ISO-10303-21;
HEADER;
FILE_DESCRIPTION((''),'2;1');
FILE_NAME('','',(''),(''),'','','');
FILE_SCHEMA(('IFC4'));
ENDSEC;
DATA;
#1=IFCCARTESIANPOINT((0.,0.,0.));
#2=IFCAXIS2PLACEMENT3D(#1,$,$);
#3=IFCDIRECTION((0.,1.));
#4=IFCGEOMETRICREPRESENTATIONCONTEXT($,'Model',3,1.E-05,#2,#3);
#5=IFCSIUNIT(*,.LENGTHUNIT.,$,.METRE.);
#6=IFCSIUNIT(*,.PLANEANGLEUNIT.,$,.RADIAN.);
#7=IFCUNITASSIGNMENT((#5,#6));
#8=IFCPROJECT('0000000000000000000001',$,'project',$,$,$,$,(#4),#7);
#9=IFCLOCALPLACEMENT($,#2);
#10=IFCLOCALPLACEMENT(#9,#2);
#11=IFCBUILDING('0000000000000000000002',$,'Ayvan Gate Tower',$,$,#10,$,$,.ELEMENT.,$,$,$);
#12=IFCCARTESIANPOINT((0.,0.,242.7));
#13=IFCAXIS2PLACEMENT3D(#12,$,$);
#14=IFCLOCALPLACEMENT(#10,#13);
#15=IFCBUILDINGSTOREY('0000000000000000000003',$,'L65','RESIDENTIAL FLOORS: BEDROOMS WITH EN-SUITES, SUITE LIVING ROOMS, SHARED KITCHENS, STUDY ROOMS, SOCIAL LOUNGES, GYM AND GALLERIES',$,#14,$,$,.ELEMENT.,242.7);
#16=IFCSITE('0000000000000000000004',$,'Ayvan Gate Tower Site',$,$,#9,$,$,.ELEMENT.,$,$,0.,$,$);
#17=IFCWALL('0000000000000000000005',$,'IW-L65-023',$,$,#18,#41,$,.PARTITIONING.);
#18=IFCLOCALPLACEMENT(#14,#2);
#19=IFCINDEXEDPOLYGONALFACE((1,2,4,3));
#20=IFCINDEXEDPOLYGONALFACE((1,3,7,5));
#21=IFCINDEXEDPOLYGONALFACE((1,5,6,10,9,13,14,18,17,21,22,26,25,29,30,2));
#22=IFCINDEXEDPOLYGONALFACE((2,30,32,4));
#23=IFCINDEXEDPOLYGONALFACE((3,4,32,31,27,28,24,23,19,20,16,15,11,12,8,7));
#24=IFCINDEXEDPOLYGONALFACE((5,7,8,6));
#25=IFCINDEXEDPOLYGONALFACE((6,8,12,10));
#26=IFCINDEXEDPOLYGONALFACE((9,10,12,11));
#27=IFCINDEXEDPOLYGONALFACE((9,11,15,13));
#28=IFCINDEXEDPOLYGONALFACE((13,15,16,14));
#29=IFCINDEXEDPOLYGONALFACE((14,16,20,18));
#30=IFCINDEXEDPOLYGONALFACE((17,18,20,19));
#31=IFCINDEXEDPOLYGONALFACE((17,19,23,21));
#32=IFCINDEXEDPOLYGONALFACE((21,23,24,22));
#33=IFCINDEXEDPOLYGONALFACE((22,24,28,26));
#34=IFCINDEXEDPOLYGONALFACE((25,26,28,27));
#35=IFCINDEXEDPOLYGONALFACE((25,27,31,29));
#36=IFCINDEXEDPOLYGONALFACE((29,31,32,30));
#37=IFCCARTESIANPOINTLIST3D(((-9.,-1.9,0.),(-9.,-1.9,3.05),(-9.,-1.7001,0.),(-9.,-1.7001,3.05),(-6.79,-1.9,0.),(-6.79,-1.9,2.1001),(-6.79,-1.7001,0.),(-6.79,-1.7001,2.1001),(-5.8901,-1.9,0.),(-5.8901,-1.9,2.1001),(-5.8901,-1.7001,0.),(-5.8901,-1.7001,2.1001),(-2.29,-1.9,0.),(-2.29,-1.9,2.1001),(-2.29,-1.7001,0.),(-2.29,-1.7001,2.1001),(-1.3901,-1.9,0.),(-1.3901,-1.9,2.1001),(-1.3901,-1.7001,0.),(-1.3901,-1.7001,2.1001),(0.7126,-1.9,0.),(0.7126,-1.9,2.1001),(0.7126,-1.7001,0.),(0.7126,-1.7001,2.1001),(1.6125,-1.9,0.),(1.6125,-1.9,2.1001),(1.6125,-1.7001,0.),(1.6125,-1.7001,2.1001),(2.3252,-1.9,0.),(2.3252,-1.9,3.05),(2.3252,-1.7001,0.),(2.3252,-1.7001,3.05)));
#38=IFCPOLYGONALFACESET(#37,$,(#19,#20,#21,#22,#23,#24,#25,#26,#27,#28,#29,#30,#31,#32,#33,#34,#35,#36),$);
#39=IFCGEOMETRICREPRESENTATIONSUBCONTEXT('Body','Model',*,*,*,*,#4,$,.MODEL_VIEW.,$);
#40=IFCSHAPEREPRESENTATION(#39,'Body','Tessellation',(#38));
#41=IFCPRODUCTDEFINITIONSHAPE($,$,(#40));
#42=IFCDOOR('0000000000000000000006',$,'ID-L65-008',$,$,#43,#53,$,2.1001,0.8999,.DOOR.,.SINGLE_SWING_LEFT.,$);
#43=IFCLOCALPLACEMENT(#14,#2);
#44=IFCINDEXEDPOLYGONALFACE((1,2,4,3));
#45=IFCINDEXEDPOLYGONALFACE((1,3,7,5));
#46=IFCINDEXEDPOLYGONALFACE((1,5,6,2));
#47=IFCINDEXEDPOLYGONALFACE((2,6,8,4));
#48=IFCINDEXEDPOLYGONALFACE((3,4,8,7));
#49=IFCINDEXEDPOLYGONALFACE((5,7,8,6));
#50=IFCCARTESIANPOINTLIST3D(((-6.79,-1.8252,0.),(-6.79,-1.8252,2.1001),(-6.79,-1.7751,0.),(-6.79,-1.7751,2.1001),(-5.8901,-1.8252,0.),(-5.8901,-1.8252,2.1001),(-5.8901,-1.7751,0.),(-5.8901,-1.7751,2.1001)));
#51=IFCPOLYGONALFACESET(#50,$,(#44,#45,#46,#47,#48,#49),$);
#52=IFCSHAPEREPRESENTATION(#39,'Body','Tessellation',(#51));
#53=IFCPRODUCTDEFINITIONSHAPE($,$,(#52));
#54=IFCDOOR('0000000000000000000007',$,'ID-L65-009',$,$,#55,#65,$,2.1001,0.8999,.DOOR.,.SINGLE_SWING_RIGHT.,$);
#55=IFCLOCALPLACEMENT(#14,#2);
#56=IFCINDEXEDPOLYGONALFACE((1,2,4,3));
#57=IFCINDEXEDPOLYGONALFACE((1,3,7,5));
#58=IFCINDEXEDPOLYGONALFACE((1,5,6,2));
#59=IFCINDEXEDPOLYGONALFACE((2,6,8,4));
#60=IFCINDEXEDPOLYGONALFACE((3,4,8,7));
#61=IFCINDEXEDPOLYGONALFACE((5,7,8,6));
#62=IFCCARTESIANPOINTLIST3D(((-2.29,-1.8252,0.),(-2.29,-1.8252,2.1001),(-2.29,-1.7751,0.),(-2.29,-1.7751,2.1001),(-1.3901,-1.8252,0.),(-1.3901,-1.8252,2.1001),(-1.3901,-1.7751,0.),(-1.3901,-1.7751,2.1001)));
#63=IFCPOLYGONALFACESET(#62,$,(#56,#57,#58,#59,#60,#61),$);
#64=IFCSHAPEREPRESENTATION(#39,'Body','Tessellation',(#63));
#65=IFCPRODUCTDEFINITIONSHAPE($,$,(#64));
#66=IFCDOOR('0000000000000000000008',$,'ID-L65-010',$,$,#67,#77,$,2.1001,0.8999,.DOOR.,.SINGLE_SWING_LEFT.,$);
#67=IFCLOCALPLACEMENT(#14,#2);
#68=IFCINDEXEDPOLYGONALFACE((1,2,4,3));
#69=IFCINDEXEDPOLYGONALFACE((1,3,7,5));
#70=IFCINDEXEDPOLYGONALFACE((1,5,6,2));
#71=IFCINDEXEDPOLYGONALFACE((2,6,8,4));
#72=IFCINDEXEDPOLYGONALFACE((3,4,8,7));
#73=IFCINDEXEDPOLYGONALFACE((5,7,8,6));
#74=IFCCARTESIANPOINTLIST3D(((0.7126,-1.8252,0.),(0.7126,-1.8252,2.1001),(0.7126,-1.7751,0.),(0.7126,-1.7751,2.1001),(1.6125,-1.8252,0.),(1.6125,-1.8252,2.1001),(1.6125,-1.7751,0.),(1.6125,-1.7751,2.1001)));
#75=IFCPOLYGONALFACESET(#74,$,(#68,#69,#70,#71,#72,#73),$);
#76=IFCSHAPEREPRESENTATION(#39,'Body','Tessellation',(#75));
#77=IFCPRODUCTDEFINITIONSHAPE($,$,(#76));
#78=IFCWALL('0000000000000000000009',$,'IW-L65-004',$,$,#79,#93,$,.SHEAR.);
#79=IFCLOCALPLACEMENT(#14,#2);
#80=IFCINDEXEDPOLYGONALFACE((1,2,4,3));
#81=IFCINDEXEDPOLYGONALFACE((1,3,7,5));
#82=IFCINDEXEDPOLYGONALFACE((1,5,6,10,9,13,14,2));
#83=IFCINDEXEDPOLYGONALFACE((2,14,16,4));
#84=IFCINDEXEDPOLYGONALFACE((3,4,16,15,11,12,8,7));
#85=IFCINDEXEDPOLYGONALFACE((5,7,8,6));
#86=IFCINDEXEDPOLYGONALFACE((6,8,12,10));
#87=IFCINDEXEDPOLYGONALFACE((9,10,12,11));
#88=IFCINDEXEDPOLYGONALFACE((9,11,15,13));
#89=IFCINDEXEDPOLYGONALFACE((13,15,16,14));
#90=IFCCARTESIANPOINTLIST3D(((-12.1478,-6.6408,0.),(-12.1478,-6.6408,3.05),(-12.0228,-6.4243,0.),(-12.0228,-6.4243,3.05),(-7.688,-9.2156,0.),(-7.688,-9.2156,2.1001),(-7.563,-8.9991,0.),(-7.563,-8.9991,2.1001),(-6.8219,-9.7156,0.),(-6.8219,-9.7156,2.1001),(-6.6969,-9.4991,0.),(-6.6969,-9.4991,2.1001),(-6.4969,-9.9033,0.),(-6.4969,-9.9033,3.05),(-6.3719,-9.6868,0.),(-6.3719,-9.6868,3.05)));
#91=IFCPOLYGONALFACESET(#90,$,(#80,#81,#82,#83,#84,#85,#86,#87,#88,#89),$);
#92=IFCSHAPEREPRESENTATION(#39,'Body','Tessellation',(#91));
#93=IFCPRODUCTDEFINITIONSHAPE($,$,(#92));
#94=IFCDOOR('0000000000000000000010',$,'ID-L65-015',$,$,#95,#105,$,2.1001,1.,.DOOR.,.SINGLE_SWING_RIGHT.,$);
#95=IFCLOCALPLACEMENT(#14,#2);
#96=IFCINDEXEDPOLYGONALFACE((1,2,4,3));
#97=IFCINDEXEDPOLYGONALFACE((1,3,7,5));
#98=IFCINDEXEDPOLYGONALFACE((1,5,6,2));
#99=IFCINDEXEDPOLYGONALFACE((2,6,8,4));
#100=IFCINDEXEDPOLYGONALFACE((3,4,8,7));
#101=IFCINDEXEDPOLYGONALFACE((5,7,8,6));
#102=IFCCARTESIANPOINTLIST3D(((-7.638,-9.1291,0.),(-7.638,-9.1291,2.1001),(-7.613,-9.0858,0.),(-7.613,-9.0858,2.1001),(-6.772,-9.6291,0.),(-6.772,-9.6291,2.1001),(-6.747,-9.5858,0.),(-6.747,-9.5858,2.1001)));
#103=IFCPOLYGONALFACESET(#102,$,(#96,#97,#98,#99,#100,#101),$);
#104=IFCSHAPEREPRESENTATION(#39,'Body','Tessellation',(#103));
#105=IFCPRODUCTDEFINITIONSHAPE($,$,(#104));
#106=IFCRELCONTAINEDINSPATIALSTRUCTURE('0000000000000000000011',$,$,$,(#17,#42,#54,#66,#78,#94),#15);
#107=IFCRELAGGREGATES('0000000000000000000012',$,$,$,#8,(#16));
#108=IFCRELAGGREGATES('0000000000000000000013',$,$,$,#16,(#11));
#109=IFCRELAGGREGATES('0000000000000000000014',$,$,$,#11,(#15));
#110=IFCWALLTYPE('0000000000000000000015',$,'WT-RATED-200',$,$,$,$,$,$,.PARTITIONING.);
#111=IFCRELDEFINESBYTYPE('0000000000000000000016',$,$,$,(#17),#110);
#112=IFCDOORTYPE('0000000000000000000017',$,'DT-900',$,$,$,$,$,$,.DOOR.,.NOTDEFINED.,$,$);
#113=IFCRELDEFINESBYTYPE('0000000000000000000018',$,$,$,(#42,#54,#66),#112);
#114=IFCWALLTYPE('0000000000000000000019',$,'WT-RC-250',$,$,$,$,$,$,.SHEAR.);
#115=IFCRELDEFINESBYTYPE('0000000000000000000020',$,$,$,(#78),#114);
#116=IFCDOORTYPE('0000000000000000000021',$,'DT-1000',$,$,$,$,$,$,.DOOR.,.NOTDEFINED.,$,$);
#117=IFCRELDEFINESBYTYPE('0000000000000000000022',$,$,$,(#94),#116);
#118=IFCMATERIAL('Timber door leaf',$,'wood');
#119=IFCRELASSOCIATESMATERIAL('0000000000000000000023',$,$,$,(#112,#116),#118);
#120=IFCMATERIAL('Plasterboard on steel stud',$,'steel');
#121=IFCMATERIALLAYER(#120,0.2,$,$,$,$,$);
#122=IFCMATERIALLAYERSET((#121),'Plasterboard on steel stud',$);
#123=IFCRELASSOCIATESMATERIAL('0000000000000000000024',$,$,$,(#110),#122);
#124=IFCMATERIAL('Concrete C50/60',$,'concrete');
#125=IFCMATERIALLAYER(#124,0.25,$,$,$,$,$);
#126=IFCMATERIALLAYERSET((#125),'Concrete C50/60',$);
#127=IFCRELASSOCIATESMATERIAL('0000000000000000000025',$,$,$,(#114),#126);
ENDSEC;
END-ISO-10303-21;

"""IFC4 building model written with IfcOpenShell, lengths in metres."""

from ifc_helpers import new_model, si_unit, direction, frame, frame_2d, origin, place, context, subcontext, project, spatial, rectangle, extrude, material, layer, layer_set, type_object, element, fill, save


model = new_model("IFC4")

# Units and contexts
model_context = context("Model", 3, precision=1e-05, world=origin(), true_north=direction((0.0, 1.0)))
body_context = subcontext(model_context, "Body", "Model", "MODEL_VIEW")
ifc_project = project(units=[si_unit("LENGTHUNIT", "METRE"), si_unit("PLANEANGLEUNIT", "RADIAN")], contexts=[model_context])

# Site, building, storey
site_placement = place(None, origin())
site = spatial("IfcSite", under=ifc_project, at=site_placement, Name="Ayvan Gate Tower Site", CompositionType="ELEMENT", RefElevation=0.0)
building_placement = place(site_placement, origin())
building = spatial("IfcBuilding", under=site, at=building_placement, Name="Ayvan Gate Tower", CompositionType="ELEMENT")
storey_placement = place(building_placement, frame((0.0, 0.0, 242.7)))
storey = spatial("IfcBuildingStorey", under=building, at=storey_placement, Name="L65", Description="RESIDENTIAL FLOORS: BEDROOMS WITH EN-SUITES, SUITE LIVING ROOMS, SHARED KITCHENS, STUDY ROOMS, SOCIAL LOUNGES, GYM AND GALLERIES", CompositionType="ELEMENT", Elevation=242.7)

# Shared definitions
ifc_material_1 = material(Name="Timber door leaf", Category="wood")
door_type_1 = type_object("IfcDoorType", Name="DT-900", OperationType="NOTDEFINED", PredefinedType="DOOR", material=ifc_material_1)
ifc_material_2 = material(Name="Plasterboard on steel stud", Category="steel")
door_type_2 = type_object("IfcDoorType", Name="DT-1000", OperationType="NOTDEFINED", PredefinedType="DOOR", material=ifc_material_1)

# Shared definitions
ifc_layer_1 = layer(ifc_material_2, 0.2)
ifc_layer_set_1 = layer_set([ifc_layer_1], Name="Plasterboard on steel stud")
wall_type_1 = type_object("IfcWallType", Name="WT-RATED-200", PredefinedType="PARTITIONING", material=ifc_layer_set_1)

# Wall, openings, doors
wall_1_placement = place(storey_placement, frame((-9.0, -1.8, 0.0), z_axis=(0.0, 0.0, 1.0), x_axis=(1.0, 0.0, 0.0)))
wall_1 = element("IfcWall", 1, at=wall_1_placement, inside=storey, type_object=wall_type_1, Name="IW-L65-023", PredefinedType="PARTITIONING", context=body_context, shape_type="SweptSolid", body=[
    extrude(rectangle(XDim=11.3252, YDim=0.2, at=frame_2d((5.6626, 0.0))), origin(), (0.0, 0.0, 1.0), 3.05),
])
opening_1_placement = place(wall_1_placement, frame((2.21, 0.0, 0.0)))
opening_1 = element("IfcOpeningElement", 2, at=opening_1_placement, cuts=wall_1, PredefinedType="OPENING", context=body_context, shape_type="SweptSolid", body=[
    extrude(rectangle(XDim=0.8999, YDim=2.1001, at=frame_2d((0.45, 1.05))), frame((0.0, 0.1099, 0.0), z_axis=(0.0, -1.0, 0.0), x_axis=(1.0, 0.0, 0.0)), (0.0, 0.0, 1.0), 0.22),
])
opening_2_placement = place(wall_1_placement, frame((6.71, 0.0, 0.0)))
opening_2 = element("IfcOpeningElement", 3, at=opening_2_placement, cuts=wall_1, PredefinedType="OPENING", context=body_context, shape_type="SweptSolid", body=[
    extrude(rectangle(XDim=0.8999, YDim=2.1001, at=frame_2d((0.45, 1.05))), frame((0.0, 0.1099, 0.0), z_axis=(0.0, -1.0, 0.0), x_axis=(1.0, 0.0, 0.0)), (0.0, 0.0, 1.0), 0.22),
])
opening_3_placement = place(wall_1_placement, frame((9.7126, 0.0, 0.0)))
opening_3 = element("IfcOpeningElement", 4, at=opening_3_placement, cuts=wall_1, PredefinedType="OPENING", context=body_context, shape_type="SweptSolid", body=[
    extrude(rectangle(XDim=0.8999, YDim=2.1001, at=frame_2d((0.45, 1.05))), frame((0.0, 0.1099, 0.0), z_axis=(0.0, -1.0, 0.0), x_axis=(1.0, 0.0, 0.0)), (0.0, 0.0, 1.0), 0.22),
])
door_1_placement = place(opening_1_placement, origin())
door_1 = element("IfcDoor", 5, at=door_1_placement, inside=storey, type_object=door_type_1, Name="ID-L65-008", OperationType="SINGLE_SWING_LEFT", OverallHeight=2.1001, OverallWidth=0.8999, PredefinedType="DOOR", context=body_context, shape_type="SweptSolid", body=[
    extrude(rectangle(XDim=0.8999, YDim=2.1001, at=frame_2d((0.45, 1.05))), frame((0.0, 0.0249, 0.0), z_axis=(0.0, -1.0, 0.0), x_axis=(1.0, 0.0, 0.0)), (0.0, 0.0, 1.0), 0.05),
])
fill(opening_1, door_1)
door_2_placement = place(opening_2_placement, origin())
door_2 = element("IfcDoor", 6, at=door_2_placement, inside=storey, type_object=door_type_1, Name="ID-L65-009", OperationType="SINGLE_SWING_RIGHT", OverallHeight=2.1001, OverallWidth=0.8999, PredefinedType="DOOR", context=body_context, shape_type="SweptSolid", body=[
    extrude(rectangle(XDim=0.8999, YDim=2.1001, at=frame_2d((0.45, 1.05))), frame((0.0, 0.0249, 0.0), z_axis=(0.0, -1.0, 0.0), x_axis=(1.0, 0.0, 0.0)), (0.0, 0.0, 1.0), 0.05),
])
fill(opening_2, door_2)
door_3_placement = place(opening_3_placement, origin())
door_3 = element("IfcDoor", 7, at=door_3_placement, inside=storey, type_object=door_type_1, Name="ID-L65-010", OperationType="SINGLE_SWING_LEFT", OverallHeight=2.1001, OverallWidth=0.8999, PredefinedType="DOOR", context=body_context, shape_type="SweptSolid", body=[
    extrude(rectangle(XDim=0.8999, YDim=2.1001, at=frame_2d((0.45, 1.05))), frame((0.0, 0.0249, 0.0), z_axis=(0.0, -1.0, 0.0), x_axis=(1.0, 0.0, 0.0)), (0.0, 0.0, 1.0), 0.05),
])
fill(opening_3, door_3)

# Wall, opening, door
ifc_material_3 = material(Name="Concrete C50/60", Category="concrete")
ifc_layer_2 = layer(ifc_material_3, 0.25)
ifc_layer_set_2 = layer_set([ifc_layer_2], Name="Concrete C50/60")
wall_type_2 = type_object("IfcWallType", Name="WT-RC-250", PredefinedType="SHEAR", material=ifc_layer_set_2)
wall_2_placement = place(storey_placement, frame((-12.0854, -6.5325, 0.0), z_axis=(0.0, 0.0, 1.0), x_axis=(0.866031, -0.49999, 0.0)))
wall_2 = element("IfcWall", 8, at=wall_2_placement, inside=storey, type_object=wall_type_2, Name="IW-L65-004", PredefinedType="SHEAR", context=body_context, shape_type="SweptSolid", body=[
    extrude(rectangle(XDim=6.5251, YDim=0.25, at=frame_2d((3.2627, 0.0))), origin(), (0.0, 0.0, 1.0), 3.05),
])
opening_4_placement = place(wall_2_placement, frame((5.1499, 0.0, 0.0)))
opening_4 = element("IfcOpeningElement", 9, at=opening_4_placement, cuts=wall_2, PredefinedType="OPENING", context=body_context, shape_type="SweptSolid", body=[
    extrude(rectangle(XDim=1.0, YDim=2.1001, at=frame_2d((0.5, 1.05))), frame((0.0, 0.135, 0.0), z_axis=(0.0, -1.0, 0.0), x_axis=(1.0, 0.0, 0.0)), (0.0, 0.0, 1.0), 0.27),
])
door_4_placement = place(opening_4_placement, origin())
door_4 = element("IfcDoor", 10, at=door_4_placement, inside=storey, type_object=door_type_2, Name="ID-L65-015", OperationType="SINGLE_SWING_RIGHT", OverallHeight=2.1001, OverallWidth=1.0, PredefinedType="DOOR", context=body_context, shape_type="SweptSolid", body=[
    extrude(rectangle(XDim=1.0, YDim=2.1001, at=frame_2d((0.5, 1.05))), frame((0.0, 0.0249, 0.0), z_axis=(0.0, -1.0, 0.0), x_axis=(1.0, 0.0, 0.0)), (0.0, 0.0, 1.0), 0.05),
])
fill(opening_4, door_4)

save(model, "model.ifc")
